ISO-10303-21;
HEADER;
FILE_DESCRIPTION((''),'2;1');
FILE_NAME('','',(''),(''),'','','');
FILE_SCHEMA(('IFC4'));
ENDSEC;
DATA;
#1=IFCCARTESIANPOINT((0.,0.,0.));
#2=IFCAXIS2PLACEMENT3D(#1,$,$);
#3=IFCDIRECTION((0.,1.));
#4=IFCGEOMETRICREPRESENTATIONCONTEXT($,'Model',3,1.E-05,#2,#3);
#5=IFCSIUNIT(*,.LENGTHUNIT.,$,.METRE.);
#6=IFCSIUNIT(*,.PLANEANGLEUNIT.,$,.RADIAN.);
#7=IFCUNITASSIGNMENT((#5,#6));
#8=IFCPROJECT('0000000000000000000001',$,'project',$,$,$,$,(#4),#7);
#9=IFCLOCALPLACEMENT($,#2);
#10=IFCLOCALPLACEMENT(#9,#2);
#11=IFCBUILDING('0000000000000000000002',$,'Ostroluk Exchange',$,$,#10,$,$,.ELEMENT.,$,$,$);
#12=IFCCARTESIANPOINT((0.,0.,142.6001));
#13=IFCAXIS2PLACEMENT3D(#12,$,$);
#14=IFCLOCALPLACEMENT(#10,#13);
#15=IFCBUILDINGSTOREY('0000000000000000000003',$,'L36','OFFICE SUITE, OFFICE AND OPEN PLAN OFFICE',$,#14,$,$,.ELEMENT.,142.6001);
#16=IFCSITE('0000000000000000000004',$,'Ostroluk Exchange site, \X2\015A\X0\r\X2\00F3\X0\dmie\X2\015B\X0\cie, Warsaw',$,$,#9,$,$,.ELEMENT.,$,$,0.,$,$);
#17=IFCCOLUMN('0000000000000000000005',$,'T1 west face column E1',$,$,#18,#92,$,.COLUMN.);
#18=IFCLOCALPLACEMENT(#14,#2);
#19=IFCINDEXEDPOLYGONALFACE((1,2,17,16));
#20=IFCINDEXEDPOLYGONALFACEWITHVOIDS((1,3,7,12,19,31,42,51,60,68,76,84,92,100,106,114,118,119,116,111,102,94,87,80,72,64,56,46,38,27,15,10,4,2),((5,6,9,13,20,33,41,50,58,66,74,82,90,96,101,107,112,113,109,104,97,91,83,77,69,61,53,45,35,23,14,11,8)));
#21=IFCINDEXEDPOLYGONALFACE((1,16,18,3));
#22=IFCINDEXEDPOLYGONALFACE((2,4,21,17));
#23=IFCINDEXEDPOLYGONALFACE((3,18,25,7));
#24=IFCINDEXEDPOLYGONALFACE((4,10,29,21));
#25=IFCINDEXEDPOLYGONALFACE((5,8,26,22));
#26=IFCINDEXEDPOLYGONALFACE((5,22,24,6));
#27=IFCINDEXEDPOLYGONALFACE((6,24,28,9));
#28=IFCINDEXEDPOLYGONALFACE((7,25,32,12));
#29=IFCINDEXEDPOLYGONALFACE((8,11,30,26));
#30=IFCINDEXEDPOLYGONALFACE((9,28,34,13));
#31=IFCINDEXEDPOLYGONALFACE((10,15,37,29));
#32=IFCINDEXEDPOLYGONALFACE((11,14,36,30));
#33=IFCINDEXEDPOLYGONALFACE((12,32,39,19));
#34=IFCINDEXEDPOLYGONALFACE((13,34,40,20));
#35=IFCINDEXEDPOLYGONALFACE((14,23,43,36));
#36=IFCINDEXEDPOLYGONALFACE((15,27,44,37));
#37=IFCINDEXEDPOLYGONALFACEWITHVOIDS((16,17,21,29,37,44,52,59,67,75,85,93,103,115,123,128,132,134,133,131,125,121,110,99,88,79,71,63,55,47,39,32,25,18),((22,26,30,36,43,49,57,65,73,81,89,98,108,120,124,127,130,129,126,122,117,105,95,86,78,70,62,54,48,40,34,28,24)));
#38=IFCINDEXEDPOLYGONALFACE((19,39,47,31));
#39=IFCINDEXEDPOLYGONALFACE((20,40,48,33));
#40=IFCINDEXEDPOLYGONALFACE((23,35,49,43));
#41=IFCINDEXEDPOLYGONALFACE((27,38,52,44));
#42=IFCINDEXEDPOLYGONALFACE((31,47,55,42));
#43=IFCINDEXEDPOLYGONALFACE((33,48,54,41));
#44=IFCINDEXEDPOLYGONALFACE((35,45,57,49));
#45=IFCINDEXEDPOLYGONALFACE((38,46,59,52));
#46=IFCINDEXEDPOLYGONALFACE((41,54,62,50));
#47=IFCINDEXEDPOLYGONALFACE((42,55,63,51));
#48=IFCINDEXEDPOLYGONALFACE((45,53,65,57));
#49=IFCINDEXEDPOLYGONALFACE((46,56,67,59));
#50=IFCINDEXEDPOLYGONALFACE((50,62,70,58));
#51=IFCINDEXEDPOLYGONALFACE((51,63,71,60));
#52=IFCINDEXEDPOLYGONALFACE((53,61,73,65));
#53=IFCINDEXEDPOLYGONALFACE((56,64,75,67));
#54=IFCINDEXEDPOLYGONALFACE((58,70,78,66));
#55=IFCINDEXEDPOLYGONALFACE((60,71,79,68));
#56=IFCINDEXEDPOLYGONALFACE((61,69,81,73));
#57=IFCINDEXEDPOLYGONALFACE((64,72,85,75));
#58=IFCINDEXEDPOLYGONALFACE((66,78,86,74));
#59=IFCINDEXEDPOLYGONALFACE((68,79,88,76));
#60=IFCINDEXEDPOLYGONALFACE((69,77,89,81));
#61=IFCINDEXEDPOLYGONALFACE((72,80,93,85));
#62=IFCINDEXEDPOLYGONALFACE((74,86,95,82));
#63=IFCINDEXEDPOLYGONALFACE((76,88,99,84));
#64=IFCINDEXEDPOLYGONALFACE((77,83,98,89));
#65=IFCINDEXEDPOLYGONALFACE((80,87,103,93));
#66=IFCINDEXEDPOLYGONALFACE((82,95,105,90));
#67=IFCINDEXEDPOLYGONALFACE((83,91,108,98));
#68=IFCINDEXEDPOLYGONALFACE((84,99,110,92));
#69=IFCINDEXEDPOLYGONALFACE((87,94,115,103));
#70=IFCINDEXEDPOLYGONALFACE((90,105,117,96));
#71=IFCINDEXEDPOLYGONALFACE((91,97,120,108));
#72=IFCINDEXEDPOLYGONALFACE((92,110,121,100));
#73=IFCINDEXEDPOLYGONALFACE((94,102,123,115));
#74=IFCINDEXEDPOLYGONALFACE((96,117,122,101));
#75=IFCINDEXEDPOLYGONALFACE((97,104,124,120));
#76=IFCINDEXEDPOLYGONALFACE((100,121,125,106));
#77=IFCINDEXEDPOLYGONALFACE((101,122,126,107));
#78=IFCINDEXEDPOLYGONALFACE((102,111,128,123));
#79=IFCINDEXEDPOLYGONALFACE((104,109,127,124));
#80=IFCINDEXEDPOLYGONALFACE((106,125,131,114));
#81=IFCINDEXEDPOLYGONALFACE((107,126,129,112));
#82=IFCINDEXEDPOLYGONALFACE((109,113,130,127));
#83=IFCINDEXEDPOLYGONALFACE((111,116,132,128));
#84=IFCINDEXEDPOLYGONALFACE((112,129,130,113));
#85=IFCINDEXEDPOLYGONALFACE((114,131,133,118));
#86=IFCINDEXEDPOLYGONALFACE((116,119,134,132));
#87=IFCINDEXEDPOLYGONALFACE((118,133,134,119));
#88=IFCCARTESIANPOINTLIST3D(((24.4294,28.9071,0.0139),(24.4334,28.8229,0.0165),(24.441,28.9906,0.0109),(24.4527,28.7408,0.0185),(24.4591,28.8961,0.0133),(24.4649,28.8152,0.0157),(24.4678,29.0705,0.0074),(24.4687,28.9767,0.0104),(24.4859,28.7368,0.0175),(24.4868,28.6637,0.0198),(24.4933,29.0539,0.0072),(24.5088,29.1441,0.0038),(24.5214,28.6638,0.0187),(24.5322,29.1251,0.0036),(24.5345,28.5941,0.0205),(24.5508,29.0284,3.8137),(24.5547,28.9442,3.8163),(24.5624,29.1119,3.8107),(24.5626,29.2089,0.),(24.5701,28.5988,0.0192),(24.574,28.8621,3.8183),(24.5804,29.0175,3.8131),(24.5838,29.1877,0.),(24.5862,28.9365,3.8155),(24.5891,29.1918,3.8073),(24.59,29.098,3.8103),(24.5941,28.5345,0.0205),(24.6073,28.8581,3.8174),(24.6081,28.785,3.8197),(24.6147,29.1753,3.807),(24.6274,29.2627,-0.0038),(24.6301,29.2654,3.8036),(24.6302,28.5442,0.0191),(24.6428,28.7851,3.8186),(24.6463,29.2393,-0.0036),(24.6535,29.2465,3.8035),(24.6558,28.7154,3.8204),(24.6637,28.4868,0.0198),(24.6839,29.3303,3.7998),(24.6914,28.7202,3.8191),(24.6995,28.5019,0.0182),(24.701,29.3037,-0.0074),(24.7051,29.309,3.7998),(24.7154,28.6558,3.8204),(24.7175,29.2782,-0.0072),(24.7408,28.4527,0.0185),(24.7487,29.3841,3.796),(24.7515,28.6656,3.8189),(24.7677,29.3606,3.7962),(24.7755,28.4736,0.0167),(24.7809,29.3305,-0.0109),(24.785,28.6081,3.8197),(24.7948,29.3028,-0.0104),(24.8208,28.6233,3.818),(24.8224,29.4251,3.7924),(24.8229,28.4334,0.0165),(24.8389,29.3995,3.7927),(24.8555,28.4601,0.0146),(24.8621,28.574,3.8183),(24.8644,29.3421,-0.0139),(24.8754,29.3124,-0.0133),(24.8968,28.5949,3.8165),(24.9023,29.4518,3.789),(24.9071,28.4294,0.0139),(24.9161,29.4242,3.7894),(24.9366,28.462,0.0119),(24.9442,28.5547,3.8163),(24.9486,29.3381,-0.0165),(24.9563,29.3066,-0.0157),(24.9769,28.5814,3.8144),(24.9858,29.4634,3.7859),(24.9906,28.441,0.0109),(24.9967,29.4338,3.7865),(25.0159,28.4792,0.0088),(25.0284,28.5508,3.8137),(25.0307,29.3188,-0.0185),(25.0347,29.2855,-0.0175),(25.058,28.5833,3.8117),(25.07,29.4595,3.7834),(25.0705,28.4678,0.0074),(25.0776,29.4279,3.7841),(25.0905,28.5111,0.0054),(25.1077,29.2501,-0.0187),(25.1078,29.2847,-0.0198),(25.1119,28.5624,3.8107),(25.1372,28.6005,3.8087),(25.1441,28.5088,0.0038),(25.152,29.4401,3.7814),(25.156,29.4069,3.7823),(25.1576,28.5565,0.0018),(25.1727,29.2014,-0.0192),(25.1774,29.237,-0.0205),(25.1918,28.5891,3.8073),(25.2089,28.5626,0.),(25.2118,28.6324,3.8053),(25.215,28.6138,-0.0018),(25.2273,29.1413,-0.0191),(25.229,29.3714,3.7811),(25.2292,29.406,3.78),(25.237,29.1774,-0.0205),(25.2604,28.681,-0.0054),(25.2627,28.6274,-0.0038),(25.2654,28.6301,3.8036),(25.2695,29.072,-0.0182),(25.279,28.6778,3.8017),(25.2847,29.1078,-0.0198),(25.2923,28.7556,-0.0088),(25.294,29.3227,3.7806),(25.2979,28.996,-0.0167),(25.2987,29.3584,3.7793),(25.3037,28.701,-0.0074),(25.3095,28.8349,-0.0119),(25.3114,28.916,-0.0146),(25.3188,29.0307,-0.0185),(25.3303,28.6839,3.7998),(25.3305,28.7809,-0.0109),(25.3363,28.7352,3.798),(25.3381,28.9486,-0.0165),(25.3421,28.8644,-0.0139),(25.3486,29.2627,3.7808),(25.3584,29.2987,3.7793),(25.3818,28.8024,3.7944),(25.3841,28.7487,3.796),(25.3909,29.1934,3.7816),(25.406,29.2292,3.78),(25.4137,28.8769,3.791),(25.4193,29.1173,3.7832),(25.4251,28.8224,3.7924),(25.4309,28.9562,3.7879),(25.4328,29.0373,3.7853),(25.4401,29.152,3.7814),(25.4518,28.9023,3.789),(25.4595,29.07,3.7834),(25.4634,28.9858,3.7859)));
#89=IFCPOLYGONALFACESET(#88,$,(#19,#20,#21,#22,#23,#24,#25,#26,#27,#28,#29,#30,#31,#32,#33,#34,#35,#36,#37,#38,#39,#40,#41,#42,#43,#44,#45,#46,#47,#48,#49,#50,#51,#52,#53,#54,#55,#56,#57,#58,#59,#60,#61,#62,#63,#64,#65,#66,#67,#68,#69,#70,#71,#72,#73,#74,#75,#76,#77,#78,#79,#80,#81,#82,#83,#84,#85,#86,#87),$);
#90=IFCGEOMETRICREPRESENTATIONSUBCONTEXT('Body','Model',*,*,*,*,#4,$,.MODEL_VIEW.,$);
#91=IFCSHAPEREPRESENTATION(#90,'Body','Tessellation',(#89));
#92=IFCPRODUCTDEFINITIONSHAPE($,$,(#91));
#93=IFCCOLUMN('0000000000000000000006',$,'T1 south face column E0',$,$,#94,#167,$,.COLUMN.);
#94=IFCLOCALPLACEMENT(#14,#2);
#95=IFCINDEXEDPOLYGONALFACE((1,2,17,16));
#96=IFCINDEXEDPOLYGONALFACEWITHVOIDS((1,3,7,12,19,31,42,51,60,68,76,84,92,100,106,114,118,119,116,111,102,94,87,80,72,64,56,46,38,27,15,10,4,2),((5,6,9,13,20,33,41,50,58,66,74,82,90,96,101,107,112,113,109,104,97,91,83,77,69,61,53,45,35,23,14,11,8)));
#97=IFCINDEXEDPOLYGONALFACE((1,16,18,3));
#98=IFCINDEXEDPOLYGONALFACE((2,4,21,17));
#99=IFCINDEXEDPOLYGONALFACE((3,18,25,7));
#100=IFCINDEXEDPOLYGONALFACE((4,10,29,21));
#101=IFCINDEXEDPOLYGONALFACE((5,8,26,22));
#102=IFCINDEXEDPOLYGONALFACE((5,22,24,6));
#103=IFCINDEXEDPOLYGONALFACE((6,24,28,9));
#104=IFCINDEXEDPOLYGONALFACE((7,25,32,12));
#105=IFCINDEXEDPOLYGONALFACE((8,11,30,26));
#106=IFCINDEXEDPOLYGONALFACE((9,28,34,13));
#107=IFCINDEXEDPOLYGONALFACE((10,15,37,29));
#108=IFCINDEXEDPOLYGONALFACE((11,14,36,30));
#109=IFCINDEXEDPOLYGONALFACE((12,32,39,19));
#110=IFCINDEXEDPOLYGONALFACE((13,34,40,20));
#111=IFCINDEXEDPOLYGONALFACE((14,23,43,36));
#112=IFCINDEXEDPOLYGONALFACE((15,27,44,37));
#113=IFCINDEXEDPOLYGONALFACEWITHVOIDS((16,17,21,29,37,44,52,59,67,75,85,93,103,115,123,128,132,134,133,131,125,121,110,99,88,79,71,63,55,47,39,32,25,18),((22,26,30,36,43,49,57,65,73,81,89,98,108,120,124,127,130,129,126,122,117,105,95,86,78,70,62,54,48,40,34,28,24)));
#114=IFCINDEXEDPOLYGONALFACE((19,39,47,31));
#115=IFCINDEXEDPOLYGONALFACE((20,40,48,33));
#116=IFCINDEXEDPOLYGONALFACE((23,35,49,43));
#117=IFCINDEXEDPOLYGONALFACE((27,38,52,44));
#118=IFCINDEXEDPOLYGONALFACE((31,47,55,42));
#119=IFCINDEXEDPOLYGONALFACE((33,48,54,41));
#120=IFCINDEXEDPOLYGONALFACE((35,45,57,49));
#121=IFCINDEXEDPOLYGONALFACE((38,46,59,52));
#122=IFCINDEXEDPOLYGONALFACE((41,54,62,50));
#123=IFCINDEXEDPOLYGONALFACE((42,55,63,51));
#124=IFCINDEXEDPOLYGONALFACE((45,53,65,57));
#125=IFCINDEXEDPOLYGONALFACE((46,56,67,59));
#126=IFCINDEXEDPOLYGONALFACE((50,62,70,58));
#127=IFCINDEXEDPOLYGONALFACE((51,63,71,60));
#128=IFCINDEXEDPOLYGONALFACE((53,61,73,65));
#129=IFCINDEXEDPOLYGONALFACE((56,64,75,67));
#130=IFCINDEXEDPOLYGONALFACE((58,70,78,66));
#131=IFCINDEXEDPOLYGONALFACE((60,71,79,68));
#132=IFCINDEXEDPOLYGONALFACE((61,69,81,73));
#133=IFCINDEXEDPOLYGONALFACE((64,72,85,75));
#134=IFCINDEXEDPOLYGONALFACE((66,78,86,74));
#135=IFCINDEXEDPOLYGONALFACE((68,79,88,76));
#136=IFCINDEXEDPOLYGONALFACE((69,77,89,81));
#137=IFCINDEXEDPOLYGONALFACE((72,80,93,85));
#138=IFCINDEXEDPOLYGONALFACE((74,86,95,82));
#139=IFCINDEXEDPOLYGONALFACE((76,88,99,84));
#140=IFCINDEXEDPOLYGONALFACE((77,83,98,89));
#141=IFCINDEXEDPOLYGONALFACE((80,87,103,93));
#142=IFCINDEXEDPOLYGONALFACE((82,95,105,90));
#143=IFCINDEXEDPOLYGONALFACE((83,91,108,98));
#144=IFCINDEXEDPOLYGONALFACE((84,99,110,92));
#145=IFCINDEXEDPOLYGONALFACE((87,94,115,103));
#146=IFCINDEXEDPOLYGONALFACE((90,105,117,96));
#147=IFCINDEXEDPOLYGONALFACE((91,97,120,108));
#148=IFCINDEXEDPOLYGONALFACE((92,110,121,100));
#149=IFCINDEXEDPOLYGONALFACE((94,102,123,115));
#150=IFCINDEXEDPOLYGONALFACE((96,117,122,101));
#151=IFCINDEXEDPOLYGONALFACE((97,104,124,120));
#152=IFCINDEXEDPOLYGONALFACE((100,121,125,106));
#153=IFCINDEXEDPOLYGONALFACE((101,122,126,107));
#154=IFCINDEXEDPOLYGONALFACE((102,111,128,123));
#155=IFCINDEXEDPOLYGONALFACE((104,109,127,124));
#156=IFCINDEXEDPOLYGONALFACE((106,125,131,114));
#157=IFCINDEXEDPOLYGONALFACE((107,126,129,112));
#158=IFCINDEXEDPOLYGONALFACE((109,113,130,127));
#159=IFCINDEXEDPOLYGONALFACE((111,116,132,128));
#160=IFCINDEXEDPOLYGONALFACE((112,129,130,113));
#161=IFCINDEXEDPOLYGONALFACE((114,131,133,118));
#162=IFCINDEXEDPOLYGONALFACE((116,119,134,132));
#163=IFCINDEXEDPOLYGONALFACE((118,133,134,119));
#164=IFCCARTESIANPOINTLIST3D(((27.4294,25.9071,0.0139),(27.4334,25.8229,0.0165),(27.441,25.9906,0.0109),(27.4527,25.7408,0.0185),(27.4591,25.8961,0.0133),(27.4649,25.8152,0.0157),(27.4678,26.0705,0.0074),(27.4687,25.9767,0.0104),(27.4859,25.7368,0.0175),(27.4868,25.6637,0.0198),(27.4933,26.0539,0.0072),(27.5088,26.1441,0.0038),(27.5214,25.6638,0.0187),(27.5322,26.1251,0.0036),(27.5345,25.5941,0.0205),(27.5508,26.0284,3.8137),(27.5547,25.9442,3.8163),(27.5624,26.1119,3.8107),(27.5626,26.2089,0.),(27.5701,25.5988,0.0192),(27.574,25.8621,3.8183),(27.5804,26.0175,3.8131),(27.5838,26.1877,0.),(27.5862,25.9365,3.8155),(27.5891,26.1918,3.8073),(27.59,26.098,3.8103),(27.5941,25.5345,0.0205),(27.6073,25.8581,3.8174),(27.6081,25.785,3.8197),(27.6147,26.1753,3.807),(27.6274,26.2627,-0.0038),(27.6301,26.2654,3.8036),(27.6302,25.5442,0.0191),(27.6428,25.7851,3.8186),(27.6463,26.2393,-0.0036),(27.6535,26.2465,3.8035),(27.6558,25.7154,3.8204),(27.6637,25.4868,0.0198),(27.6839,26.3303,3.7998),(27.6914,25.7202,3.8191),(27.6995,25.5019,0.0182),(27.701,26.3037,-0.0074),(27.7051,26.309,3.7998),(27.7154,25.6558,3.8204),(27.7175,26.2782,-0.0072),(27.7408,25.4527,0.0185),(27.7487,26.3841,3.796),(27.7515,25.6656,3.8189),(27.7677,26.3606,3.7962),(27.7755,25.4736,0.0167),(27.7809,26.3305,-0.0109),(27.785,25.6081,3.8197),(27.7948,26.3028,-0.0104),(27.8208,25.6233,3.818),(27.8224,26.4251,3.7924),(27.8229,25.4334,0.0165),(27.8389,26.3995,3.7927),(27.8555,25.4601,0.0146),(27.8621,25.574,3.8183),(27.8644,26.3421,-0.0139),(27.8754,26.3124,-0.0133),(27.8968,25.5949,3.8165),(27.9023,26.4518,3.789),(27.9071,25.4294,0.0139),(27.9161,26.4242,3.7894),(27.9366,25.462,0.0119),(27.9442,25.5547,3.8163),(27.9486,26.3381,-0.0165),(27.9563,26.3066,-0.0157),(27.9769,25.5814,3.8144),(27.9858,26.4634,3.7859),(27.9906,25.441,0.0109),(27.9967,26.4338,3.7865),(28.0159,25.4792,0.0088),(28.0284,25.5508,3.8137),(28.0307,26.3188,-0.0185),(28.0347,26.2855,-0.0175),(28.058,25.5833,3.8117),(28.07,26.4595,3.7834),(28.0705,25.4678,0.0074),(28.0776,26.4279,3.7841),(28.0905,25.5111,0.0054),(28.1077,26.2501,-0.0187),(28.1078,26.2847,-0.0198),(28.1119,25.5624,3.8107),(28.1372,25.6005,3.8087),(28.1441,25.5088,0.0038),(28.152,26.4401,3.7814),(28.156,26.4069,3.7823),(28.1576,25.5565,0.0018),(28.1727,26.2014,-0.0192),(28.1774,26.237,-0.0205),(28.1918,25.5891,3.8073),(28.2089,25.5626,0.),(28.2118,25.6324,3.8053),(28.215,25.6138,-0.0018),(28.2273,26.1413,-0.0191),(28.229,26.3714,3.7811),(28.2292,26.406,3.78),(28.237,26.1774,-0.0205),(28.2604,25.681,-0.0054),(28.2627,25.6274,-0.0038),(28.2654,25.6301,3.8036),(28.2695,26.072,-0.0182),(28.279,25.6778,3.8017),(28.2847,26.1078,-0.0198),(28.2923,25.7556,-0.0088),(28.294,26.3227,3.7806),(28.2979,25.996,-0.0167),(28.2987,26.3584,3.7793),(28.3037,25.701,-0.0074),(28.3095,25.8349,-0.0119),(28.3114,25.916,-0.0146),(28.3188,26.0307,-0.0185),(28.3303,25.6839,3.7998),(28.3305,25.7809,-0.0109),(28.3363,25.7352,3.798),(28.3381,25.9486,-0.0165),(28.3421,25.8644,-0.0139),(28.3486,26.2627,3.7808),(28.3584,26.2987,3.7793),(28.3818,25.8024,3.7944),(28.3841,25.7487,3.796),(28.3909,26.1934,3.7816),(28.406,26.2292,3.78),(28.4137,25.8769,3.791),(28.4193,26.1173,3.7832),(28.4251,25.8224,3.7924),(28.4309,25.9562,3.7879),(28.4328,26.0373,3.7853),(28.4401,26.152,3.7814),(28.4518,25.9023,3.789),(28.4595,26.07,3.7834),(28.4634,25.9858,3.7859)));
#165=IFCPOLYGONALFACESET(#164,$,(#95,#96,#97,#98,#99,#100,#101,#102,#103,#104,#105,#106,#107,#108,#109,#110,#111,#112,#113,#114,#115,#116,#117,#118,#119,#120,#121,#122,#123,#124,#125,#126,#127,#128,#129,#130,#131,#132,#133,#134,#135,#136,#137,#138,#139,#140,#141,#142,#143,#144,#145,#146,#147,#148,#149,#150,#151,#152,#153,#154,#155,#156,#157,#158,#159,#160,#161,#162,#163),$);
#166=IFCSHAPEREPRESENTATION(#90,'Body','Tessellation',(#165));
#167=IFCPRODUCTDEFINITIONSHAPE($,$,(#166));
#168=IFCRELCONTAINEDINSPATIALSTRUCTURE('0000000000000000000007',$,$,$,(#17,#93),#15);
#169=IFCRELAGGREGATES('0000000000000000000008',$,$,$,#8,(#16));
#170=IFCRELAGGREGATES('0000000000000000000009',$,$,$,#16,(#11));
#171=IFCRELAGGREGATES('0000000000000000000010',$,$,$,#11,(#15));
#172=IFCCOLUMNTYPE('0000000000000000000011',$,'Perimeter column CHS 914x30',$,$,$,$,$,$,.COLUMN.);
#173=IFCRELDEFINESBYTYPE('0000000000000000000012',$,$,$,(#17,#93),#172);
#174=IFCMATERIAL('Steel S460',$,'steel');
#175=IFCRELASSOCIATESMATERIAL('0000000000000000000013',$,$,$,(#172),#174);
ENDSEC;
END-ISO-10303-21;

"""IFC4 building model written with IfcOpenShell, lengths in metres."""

from ifc_helpers import new_model, si_unit, direction, frame, origin, origin_2d, place, context, subcontext, project, spatial, hollow_circle, extrude, material, material_profile, profile_set, type_object, element, save


model = new_model("IFC4")

# Units and contexts
model_context = context("Model", 3, precision=1e-05, world=origin(), true_north=direction((0.0, 1.0)))
body_context = subcontext(model_context, "Body", "Model", "MODEL_VIEW")
ifc_project = project(units=[si_unit("LENGTHUNIT", "METRE"), si_unit("PLANEANGLEUNIT", "RADIAN")], contexts=[model_context])

# Site, building, storey
site_placement = place(None, origin())
site = spatial("IfcSite", under=ifc_project, at=site_placement, Name="Ostroluk Exchange site, Śródmieście, Warsaw", CompositionType="ELEMENT", RefElevation=0.0)
building_placement = place(site_placement, origin())
building = spatial("IfcBuilding", under=site, at=building_placement, Name="Ostroluk Exchange", CompositionType="ELEMENT")
storey_placement = place(building_placement, frame((0.0, 0.0, 142.6001)))
storey = spatial("IfcBuildingStorey", under=building, at=storey_placement, Name="L36", Description="OFFICE SUITE, OFFICE AND OPEN PLAN OFFICE", CompositionType="ELEMENT", Elevation=142.6001)

# Columns
ifc_material_1 = material(Name="Steel S460", Category="steel")
ifc_material_profile_1 = material_profile(ifc_material_1, hollow_circle(Radius=0.457, WallThickness=0.03, at=origin_2d()), Name="CHS 914x30")
ifc_profile_set_1 = profile_set([ifc_material_profile_1], Name="Steel S460")
column_type = type_object("IfcColumnType", Name="Perimeter column CHS 914x30", PredefinedType="COLUMN", material=ifc_profile_set_1)
for number, where, z_axis, x_axis, name in (
    (1, (24.8857, 28.8857, 0.0), (0.0319, 0.0319, 0.998982), (-0.707107, 0.707107, 0.0), "T1 west face column E1"),
    (2, (27.8857, 25.8857, 0.0), (0.0319, 0.0319, 0.998982), (-0.707107, 0.707107, 0.0), "T1 south face column E0"),
):
    element("IfcColumn", number, at=place(storey_placement, frame(where, z_axis=z_axis, x_axis=x_axis)), inside=storey, type_object=column_type, Name=name, PredefinedType="COLUMN", context=body_context, shape_type="SweptSolid", body=[
        extrude(hollow_circle(Radius=0.457, WallThickness=0.03, at=origin_2d()), origin(), (0.0, 0.0, 1.0), 3.8037),
    ])

save(model, "model.ifc")
